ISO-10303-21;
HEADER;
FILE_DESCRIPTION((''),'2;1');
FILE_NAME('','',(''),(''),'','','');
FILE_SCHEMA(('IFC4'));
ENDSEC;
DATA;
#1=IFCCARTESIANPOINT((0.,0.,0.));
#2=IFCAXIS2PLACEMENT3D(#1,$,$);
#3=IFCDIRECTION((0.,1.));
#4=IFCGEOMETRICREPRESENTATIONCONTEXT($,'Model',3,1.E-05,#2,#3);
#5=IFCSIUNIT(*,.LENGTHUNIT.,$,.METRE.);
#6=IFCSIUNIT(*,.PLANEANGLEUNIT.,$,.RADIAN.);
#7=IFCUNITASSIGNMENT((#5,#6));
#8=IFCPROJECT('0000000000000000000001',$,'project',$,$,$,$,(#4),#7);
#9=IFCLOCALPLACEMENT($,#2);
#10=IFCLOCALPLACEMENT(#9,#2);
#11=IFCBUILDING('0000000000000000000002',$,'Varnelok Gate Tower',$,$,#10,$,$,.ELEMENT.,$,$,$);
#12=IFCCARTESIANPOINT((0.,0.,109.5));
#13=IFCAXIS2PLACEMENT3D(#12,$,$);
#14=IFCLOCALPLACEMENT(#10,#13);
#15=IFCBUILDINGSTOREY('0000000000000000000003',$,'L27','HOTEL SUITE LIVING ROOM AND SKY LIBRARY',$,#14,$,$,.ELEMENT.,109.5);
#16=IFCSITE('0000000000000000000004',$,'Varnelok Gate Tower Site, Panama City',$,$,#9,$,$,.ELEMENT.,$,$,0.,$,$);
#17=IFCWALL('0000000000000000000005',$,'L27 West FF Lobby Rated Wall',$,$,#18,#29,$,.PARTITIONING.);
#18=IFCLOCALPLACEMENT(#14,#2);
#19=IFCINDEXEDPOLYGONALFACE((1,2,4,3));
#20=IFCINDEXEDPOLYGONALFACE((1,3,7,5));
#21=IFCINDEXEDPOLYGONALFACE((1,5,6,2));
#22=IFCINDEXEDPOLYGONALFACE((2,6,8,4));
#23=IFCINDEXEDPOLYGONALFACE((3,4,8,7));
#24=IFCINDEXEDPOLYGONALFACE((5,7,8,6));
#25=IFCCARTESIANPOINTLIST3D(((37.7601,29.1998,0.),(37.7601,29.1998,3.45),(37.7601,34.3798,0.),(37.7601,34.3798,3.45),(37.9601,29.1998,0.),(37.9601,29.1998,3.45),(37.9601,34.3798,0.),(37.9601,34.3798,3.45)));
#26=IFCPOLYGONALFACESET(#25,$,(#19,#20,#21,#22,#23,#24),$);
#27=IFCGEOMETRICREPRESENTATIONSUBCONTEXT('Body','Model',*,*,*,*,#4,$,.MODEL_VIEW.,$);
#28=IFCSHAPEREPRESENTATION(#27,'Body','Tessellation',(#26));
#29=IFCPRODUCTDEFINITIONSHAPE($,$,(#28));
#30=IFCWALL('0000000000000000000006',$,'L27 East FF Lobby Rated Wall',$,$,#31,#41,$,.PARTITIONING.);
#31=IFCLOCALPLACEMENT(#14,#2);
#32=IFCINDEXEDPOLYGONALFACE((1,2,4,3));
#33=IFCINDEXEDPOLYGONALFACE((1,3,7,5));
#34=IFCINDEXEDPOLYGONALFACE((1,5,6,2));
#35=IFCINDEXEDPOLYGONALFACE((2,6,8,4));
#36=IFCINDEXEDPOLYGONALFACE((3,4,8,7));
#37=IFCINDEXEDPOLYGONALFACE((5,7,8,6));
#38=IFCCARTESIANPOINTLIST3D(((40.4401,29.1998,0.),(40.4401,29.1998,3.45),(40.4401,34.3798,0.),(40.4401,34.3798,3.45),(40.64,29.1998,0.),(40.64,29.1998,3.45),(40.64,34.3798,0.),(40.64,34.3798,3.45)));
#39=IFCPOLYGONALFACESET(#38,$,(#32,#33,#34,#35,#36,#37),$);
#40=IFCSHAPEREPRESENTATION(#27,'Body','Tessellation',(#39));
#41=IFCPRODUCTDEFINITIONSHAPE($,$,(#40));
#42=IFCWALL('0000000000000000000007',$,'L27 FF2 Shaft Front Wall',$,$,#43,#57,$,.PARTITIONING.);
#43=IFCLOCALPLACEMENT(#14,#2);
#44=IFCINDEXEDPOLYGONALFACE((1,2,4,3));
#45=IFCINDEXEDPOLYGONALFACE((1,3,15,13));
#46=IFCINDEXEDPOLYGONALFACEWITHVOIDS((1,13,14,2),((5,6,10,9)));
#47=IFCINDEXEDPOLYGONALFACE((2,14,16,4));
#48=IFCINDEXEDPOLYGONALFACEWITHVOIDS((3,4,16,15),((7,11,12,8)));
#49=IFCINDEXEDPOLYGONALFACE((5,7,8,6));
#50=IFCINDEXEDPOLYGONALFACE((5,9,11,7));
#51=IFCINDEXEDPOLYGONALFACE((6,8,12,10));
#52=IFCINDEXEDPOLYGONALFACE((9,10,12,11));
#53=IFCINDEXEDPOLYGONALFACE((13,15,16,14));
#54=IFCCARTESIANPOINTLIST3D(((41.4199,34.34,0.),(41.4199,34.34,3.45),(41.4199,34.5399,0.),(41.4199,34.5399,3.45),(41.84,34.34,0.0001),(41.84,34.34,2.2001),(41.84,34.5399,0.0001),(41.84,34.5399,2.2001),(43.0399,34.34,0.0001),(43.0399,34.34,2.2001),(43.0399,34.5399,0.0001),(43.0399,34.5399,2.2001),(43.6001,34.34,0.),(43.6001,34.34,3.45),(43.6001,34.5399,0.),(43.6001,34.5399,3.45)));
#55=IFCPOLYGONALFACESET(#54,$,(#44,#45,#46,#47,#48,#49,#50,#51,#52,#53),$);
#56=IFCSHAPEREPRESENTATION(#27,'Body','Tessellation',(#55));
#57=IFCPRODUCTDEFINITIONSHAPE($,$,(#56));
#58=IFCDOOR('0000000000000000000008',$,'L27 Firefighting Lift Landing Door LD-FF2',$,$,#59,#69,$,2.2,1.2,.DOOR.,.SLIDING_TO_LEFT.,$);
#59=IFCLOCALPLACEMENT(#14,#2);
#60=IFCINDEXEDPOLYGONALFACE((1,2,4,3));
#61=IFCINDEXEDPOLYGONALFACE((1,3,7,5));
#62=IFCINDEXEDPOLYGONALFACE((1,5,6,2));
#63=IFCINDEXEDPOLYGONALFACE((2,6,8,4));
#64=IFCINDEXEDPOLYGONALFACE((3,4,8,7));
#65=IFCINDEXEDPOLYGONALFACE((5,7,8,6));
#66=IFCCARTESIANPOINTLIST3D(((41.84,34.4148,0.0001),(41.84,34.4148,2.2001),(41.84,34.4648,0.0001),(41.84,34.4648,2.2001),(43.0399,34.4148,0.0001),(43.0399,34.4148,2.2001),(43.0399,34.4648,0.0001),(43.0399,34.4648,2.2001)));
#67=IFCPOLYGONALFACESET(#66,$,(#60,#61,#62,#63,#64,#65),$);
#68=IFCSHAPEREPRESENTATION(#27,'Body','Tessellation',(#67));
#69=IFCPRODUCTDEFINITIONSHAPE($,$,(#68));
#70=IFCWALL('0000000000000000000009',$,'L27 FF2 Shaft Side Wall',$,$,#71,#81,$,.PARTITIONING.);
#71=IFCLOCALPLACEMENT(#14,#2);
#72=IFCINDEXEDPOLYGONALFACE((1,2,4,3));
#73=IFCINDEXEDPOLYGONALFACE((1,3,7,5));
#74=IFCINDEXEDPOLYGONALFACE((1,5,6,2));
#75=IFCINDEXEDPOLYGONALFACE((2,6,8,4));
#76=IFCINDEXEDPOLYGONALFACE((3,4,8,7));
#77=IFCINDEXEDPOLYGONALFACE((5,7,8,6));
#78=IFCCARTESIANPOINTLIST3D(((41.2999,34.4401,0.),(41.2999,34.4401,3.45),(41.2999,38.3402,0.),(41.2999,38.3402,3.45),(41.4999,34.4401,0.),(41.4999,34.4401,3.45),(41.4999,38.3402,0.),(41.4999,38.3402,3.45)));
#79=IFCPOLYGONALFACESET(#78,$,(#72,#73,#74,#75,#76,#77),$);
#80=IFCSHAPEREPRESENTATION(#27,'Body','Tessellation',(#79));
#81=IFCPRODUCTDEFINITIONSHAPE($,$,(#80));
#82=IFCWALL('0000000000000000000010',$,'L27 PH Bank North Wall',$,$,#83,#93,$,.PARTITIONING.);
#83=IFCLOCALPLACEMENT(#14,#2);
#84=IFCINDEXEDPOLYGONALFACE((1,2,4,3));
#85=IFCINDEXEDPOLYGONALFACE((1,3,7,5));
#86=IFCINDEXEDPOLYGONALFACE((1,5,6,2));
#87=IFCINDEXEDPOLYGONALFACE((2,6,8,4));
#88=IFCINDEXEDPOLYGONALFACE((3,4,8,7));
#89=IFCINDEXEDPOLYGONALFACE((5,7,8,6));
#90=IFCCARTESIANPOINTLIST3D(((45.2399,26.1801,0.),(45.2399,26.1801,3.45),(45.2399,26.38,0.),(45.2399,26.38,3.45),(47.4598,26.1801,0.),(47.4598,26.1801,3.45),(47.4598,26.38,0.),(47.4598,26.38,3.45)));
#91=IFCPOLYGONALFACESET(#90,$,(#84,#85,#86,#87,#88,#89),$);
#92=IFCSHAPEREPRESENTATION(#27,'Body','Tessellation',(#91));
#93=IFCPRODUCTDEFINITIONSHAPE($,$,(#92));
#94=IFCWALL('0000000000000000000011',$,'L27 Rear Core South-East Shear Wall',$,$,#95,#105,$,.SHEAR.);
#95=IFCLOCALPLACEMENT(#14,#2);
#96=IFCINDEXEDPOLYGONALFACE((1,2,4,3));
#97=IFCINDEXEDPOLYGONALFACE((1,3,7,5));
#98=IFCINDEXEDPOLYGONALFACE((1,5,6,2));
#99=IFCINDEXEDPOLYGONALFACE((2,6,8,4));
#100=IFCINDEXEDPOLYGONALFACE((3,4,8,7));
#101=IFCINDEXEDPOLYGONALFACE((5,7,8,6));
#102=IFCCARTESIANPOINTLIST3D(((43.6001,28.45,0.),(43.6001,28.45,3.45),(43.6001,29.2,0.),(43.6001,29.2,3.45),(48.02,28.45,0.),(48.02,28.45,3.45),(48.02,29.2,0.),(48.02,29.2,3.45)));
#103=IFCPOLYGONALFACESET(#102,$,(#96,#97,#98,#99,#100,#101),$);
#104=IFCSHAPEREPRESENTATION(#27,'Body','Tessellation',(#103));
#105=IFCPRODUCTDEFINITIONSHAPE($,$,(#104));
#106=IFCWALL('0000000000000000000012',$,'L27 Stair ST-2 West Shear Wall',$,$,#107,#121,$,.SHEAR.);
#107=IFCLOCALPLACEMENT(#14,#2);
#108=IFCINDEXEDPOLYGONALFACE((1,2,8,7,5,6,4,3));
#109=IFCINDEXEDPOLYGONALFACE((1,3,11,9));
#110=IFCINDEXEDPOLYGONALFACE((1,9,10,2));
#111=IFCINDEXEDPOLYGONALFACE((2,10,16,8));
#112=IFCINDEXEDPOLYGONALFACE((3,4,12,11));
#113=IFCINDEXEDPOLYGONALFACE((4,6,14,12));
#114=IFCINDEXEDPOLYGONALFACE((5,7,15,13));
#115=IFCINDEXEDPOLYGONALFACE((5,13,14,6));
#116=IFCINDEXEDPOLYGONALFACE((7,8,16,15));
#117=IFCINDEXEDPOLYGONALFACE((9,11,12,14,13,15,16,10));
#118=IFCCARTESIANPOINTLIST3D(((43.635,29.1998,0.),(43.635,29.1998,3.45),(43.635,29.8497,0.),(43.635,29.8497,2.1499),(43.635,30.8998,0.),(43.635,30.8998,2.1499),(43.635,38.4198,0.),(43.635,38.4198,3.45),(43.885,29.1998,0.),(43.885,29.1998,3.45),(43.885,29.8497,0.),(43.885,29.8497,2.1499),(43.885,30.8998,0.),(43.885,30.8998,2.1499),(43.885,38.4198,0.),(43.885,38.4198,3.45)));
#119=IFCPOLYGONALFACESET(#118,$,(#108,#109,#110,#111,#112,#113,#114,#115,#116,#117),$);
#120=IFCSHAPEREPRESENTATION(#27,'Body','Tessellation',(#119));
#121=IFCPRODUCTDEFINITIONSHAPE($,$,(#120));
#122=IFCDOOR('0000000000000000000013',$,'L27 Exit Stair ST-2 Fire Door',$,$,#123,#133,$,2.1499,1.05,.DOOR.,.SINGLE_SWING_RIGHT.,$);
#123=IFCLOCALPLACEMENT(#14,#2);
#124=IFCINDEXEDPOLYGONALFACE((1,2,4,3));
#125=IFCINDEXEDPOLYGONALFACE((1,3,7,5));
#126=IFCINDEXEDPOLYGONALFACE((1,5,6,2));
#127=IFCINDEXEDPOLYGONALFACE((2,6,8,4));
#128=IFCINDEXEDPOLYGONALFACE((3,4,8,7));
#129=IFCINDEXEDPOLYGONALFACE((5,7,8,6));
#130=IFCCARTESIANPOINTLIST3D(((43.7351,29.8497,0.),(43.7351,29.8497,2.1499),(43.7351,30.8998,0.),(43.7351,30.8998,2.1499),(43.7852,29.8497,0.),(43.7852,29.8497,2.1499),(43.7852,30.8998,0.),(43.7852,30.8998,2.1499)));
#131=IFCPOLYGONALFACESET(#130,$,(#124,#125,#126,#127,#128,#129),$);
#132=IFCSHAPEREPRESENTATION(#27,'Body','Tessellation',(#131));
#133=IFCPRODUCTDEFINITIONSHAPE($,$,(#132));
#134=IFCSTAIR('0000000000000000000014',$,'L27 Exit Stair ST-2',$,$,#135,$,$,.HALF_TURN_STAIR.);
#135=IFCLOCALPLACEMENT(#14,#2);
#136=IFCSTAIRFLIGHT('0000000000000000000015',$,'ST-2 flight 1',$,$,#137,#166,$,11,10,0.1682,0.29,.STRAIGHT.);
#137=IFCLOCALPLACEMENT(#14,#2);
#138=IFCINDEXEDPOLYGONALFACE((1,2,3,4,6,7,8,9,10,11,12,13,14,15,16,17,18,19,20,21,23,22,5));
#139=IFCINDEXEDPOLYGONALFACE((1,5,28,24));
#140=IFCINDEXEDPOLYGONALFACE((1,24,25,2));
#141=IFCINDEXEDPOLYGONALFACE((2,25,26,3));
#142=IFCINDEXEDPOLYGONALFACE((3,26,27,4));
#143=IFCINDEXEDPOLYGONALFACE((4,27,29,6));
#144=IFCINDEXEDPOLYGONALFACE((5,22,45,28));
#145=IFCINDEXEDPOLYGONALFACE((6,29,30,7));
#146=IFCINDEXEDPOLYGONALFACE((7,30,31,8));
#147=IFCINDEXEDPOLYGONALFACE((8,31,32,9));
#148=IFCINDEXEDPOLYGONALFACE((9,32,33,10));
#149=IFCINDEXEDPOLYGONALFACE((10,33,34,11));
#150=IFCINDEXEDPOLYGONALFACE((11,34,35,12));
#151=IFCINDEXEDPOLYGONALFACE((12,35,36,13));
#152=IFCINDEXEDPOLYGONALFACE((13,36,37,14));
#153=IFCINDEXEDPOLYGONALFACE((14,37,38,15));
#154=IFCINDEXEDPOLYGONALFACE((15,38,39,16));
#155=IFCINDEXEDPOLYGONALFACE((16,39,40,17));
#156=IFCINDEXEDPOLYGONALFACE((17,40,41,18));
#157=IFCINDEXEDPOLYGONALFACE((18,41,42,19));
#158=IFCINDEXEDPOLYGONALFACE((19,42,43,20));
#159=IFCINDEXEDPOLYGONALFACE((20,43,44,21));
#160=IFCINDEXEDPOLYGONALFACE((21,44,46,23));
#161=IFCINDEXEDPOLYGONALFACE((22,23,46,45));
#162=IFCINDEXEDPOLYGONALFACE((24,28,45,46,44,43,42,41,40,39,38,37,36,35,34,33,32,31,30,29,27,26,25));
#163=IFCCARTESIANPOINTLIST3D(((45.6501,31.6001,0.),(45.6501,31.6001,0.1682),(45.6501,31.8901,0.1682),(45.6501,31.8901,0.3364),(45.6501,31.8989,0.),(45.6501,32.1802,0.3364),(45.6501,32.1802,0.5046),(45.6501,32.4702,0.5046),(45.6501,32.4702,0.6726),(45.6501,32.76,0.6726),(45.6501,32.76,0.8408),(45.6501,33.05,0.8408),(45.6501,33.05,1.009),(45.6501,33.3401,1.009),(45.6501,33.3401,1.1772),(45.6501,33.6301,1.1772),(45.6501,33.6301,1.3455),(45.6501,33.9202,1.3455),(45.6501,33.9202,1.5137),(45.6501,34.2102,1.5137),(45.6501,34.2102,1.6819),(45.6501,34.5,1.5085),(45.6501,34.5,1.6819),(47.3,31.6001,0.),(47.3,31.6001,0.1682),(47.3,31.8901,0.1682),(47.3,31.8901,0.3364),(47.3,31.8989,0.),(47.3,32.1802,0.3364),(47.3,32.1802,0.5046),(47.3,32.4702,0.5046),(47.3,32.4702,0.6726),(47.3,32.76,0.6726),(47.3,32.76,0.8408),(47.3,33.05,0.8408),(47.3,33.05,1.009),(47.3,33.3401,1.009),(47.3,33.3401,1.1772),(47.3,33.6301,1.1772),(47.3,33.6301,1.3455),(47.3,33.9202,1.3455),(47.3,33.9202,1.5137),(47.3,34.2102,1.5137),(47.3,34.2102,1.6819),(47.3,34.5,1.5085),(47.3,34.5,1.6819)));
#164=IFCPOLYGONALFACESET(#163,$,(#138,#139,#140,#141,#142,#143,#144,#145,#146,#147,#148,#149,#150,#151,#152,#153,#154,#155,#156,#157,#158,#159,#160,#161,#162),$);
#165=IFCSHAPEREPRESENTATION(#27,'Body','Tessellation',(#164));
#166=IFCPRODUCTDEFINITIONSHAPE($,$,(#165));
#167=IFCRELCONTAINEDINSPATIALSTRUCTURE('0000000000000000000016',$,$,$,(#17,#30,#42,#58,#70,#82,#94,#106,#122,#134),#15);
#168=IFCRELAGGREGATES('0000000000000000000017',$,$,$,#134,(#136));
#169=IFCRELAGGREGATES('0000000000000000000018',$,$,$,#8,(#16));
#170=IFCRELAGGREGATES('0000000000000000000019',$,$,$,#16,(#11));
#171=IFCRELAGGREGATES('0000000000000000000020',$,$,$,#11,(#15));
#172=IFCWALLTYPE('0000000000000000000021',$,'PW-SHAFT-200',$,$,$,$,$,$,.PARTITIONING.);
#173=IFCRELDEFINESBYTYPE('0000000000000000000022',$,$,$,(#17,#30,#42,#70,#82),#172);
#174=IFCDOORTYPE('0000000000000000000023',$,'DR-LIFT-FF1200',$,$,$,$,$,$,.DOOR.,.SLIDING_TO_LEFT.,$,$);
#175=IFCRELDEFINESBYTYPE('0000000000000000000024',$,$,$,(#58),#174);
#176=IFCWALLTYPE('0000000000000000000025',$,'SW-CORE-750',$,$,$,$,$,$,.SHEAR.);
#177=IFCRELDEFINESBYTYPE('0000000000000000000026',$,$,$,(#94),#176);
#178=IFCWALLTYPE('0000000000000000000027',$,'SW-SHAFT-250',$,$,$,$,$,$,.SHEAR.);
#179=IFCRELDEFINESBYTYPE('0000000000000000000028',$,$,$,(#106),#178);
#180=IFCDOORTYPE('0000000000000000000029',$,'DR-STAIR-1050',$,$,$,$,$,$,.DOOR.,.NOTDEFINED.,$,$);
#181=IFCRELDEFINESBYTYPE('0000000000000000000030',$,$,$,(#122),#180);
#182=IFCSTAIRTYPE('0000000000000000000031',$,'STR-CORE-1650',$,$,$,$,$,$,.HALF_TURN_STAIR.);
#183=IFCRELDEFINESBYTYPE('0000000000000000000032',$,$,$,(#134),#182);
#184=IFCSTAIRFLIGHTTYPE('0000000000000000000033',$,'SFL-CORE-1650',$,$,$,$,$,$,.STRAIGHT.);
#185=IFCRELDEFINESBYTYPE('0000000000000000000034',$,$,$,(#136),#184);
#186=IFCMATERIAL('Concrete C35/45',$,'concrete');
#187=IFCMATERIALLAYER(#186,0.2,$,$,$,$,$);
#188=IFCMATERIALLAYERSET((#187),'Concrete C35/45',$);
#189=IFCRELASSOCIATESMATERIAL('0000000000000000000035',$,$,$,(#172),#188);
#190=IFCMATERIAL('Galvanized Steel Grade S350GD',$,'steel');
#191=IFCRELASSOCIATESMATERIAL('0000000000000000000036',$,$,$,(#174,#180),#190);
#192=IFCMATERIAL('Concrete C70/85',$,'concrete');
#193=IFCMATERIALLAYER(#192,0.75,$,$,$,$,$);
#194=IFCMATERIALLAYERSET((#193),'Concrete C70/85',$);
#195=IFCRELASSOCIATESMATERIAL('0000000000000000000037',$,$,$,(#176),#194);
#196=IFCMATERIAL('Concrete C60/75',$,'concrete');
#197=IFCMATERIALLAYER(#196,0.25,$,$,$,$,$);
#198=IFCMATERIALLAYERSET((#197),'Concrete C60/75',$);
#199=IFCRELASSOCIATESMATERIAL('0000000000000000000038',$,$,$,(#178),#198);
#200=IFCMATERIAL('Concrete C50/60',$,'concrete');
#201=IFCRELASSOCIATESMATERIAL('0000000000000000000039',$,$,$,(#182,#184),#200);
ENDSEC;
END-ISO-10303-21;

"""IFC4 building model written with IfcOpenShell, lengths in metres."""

from ifc_helpers import new_model, si_unit, direction, frame, frame_2d, origin, place, context, subcontext, project, spatial, polyline, rectangle, outline, extrude, material, layer, layer_set, type_object, element, fill, aggregate, save


model = new_model("IFC4")

# Units and contexts
model_context = context("Model", 3, precision=1e-05, world=origin(), true_north=direction((0.0, 1.0)))
body_context = subcontext(model_context, "Body", "Model", "MODEL_VIEW")
ifc_project = project(units=[si_unit("LENGTHUNIT", "METRE"), si_unit("PLANEANGLEUNIT", "RADIAN")], contexts=[model_context])

# Site, building, storey
site_placement = place(None, origin())
site = spatial("IfcSite", under=ifc_project, at=site_placement, Name="Varnelok Gate Tower Site, Panama City", CompositionType="ELEMENT", RefElevation=0.0)
building_placement = place(site_placement, origin())
building = spatial("IfcBuilding", under=site, at=building_placement, Name="Varnelok Gate Tower", CompositionType="ELEMENT")
storey_placement = place(building_placement, frame((0.0, 0.0, 109.5)))
storey = spatial("IfcBuildingStorey", under=building, at=storey_placement, Name="L27", Description="HOTEL SUITE LIVING ROOM AND SKY LIBRARY", CompositionType="ELEMENT", Elevation=109.5)

# Shared definitions
ifc_material_1 = material(Name="Concrete C70/85", Category="concrete")

# Shared definitions
ifc_material_2 = material(Name="Galvanized Steel Grade S350GD", Category="steel")

# Walls
ifc_material_3 = material(Name="Concrete C35/45", Category="concrete")
ifc_layer_1 = layer(ifc_material_3, 0.2)
ifc_layer_set_1 = layer_set([ifc_layer_1], Name="Concrete C35/45")
wall_type_1 = type_object("IfcWallType", Name="PW-SHAFT-200", PredefinedType="PARTITIONING", material=ifc_layer_set_1)
for number, where, z_axis, x_axis, name in (
    (1, (37.8601, 29.2, 0.0), (0.0, 0.0, 1.0), (0.0, 1.0, 0.0), "L27 West FF Lobby Rated Wall"),
    (2, (40.54, 29.2, 0.0), (0.0, 0.0, 1.0), (0.0, 1.0, 0.0), "L27 East FF Lobby Rated Wall"),
):
    element("IfcWall", number, at=place(storey_placement, frame(where, z_axis=z_axis, x_axis=x_axis)), inside=storey, type_object=wall_type_1, Name=name, PredefinedType="PARTITIONING", context=body_context, shape_type="SweptSolid", body=[
        extrude(rectangle(XDim=5.1799, YDim=0.2, at=frame_2d((2.5898, 0.0))), origin(), (0.0, 0.0, 1.0), 3.45),
    ])

# Wall, opening, door
wall_1_placement = place(storey_placement, frame((41.4199, 34.4399, 0.0), z_axis=(0.0, 0.0, 1.0), x_axis=(1.0, 0.0, 0.0)))
wall_1 = element("IfcWall", 3, at=wall_1_placement, inside=storey, type_object=wall_type_1, Name="L27 FF2 Shaft Front Wall", PredefinedType="PARTITIONING", context=body_context, shape_type="SweptSolid", body=[
    extrude(rectangle(XDim=2.1802, YDim=0.2, at=frame_2d((1.0901, 0.0))), origin(), (0.0, 0.0, 1.0), 3.45),
])
opening_1_placement = place(wall_1_placement, frame((0.4199, 0.0, 0.0)))
opening_1 = element("IfcOpeningElement", 4, at=opening_1_placement, cuts=wall_1, PredefinedType="OPENING", context=body_context, shape_type="SweptSolid", body=[
    extrude(rectangle(XDim=1.2, YDim=2.2, at=frame_2d((0.6001, 1.1001))), frame((0.0, 0.1099, 0.0), z_axis=(0.0, -1.0, 0.0), x_axis=(1.0, 0.0, 0.0)), (0.0, 0.0, 1.0), 0.22),
])
door_type_1 = type_object("IfcDoorType", Name="DR-LIFT-FF1200", OperationType="SLIDING_TO_LEFT", PredefinedType="DOOR", material=ifc_material_2)
door_1_placement = place(opening_1_placement, origin())
door_1 = element("IfcDoor", 5, at=door_1_placement, inside=storey, type_object=door_type_1, Name="L27 Firefighting Lift Landing Door LD-FF2", OperationType="SLIDING_TO_LEFT", OverallHeight=2.2, OverallWidth=1.2, PredefinedType="DOOR", context=body_context, shape_type="SweptSolid", body=[
    extrude(rectangle(XDim=1.2, YDim=2.2, at=frame_2d((0.6001, 1.1001))), frame((0.0, 0.0249, 0.0), z_axis=(0.0, -1.0, 0.0), x_axis=(1.0, 0.0, 0.0)), (0.0, 0.0, 1.0), 0.05),
])
fill(opening_1, door_1)

# Walls
wall_2_placement = place(storey_placement, frame((41.3999, 34.4399, 0.0), z_axis=(0.0, 0.0, 1.0), x_axis=(0.0, 1.0, 0.0)))
element("IfcWall", 6, at=wall_2_placement, inside=storey, type_object=wall_type_1, Name="L27 FF2 Shaft Side Wall", PredefinedType="PARTITIONING", context=body_context, shape_type="SweptSolid", body=[
    extrude(rectangle(XDim=3.9001, YDim=0.2, at=frame_2d((1.9502, 0.0))), origin(), (0.0, 0.0, 1.0), 3.45),
])
wall_3_placement = place(storey_placement, frame((45.24, 26.28, 0.0), z_axis=(0.0, 0.0, 1.0), x_axis=(1.0, 0.0, 0.0)))
element("IfcWall", 7, at=wall_3_placement, inside=storey, type_object=wall_type_1, Name="L27 PH Bank North Wall", PredefinedType="PARTITIONING", context=body_context, shape_type="SweptSolid", body=[
    extrude(rectangle(XDim=2.22, YDim=0.2, at=frame_2d((1.1099, 0.0))), origin(), (0.0, 0.0, 1.0), 3.45),
])
ifc_layer_2 = layer(ifc_material_1, 0.75)
ifc_layer_set_2 = layer_set([ifc_layer_2], Name="Concrete C70/85")
wall_type_2 = type_object("IfcWallType", Name="SW-CORE-750", PredefinedType="SHEAR", material=ifc_layer_set_2)
wall_4_placement = place(storey_placement, frame((43.6001, 28.825, 0.0), z_axis=(0.0, 0.0, 1.0), x_axis=(1.0, 0.0, 0.0)))
element("IfcWall", 8, at=wall_4_placement, inside=storey, type_object=wall_type_2, Name="L27 Rear Core South-East Shear Wall", PredefinedType="SHEAR", context=body_context, shape_type="SweptSolid", body=[
    extrude(rectangle(XDim=4.4199, YDim=0.75, at=frame_2d((2.21, 0.0))), origin(), (0.0, 0.0, 1.0), 3.45),
])

# Wall, opening, door
ifc_material_4 = material(Name="Concrete C60/75", Category="concrete")
ifc_layer_3 = layer(ifc_material_4, 0.25)
ifc_layer_set_3 = layer_set([ifc_layer_3], Name="Concrete C60/75")
wall_type_3 = type_object("IfcWallType", Name="SW-SHAFT-250", PredefinedType="SHEAR", material=ifc_layer_set_3)
wall_5_placement = place(storey_placement, frame((43.76, 29.2, 0.0), z_axis=(0.0, 0.0, 1.0), x_axis=(0.0, 1.0, 0.0)))
wall_5 = element("IfcWall", 9, at=wall_5_placement, inside=storey, type_object=wall_type_3, Name="L27 Stair ST-2 West Shear Wall", PredefinedType="SHEAR", context=body_context, shape_type="SweptSolid", body=[
    extrude(rectangle(XDim=9.22, YDim=0.25, at=frame_2d((4.6099, 0.0))), origin(), (0.0, 0.0, 1.0), 3.45),
])
opening_2_placement = place(wall_5_placement, frame((0.6499, 0.0, 0.0)))
opening_2 = element("IfcOpeningElement", 10, at=opening_2_placement, cuts=wall_5, PredefinedType="OPENING", context=body_context, shape_type="SweptSolid", body=[
    extrude(rectangle(XDim=1.05, YDim=2.1499, at=frame_2d((0.5249, 1.075))), frame((0.0, 0.135, 0.0), z_axis=(0.0, -1.0, 0.0), x_axis=(1.0, 0.0, 0.0)), (0.0, 0.0, 1.0), 0.27),
])
door_type_2 = type_object("IfcDoorType", Name="DR-STAIR-1050", OperationType="NOTDEFINED", PredefinedType="DOOR", material=ifc_material_2)
door_2_placement = place(opening_2_placement, origin())
door_2 = element("IfcDoor", 11, at=door_2_placement, inside=storey, type_object=door_type_2, Name="L27 Exit Stair ST-2 Fire Door", OperationType="SINGLE_SWING_RIGHT", OverallHeight=2.1499, OverallWidth=1.05, PredefinedType="DOOR", context=body_context, shape_type="SweptSolid", body=[
    extrude(rectangle(XDim=1.05, YDim=2.1499, at=frame_2d((0.5249, 1.075))), frame((0.0, 0.0249, 0.0), z_axis=(0.0, -1.0, 0.0), x_axis=(1.0, 0.0, 0.0)), (0.0, 0.0, 1.0), 0.05),
])
fill(opening_2, door_2)

# Stair, stair flight
ifc_material_5 = material(Name="Concrete C50/60", Category="concrete")
stair_type = type_object("IfcStairType", Name="STR-CORE-1650", PredefinedType="HALF_TURN_STAIR", material=ifc_material_5)
stair_placement = place(storey_placement, origin())
stair = element("IfcStair", 12, at=stair_placement, inside=storey, type_object=stair_type, Name="L27 Exit Stair ST-2", PredefinedType="HALF_TURN_STAIR")
stair_flight_type = type_object("IfcStairFlightType", Name="SFL-CORE-1650", PredefinedType="STRAIGHT", material=ifc_material_5)
stair_flight_1_placement = place(storey_placement, frame((46.4751, 31.6001, 0.0), z_axis=(0.0, 0.0, 1.0), x_axis=(0.0, 1.0, 0.0)))
stair_flight_1 = element("IfcStairFlight", 13, at=stair_flight_1_placement, type_object=stair_flight_type, Name="ST-2 flight 1", NumberOfRisers=11, NumberOfTreads=10, PredefinedType="STRAIGHT", RiserHeight=0.1682, TreadLength=0.29, context=body_context, shape_type="SweptSolid", body=[
    extrude(outline(polyline([(0.0, 0.0), (0.0, 0.1682), (0.29, 0.1682), (0.29, 0.3364), (0.5801, 0.3364), (0.5801, 0.5046), (0.8701, 0.5046), (0.8701, 0.6726), (1.1599, 0.6726), (1.1599, 0.8408), (1.45, 0.8408), (1.45, 1.009), (1.74, 1.009), (1.74, 1.1772), (2.03, 1.1772), (2.03, 1.3455), (2.3201, 1.3455), (2.3201, 1.5137), (2.6101, 1.5137), (2.6101, 1.6819), (2.8999, 1.6819), (2.8999, 1.8501), (2.8999, 1.5085), (0.2988, 0.0), (0.0, 0.0)])), frame((0.0, 0.825, 0.0), z_axis=(0.0, -1.0, 0.0), x_axis=(1.0, 0.0, 0.0)), (0.0, 0.0, 1.0), 1.6499),
])
aggregate(stair, [stair_flight_1])

save(model, "model.ifc")
